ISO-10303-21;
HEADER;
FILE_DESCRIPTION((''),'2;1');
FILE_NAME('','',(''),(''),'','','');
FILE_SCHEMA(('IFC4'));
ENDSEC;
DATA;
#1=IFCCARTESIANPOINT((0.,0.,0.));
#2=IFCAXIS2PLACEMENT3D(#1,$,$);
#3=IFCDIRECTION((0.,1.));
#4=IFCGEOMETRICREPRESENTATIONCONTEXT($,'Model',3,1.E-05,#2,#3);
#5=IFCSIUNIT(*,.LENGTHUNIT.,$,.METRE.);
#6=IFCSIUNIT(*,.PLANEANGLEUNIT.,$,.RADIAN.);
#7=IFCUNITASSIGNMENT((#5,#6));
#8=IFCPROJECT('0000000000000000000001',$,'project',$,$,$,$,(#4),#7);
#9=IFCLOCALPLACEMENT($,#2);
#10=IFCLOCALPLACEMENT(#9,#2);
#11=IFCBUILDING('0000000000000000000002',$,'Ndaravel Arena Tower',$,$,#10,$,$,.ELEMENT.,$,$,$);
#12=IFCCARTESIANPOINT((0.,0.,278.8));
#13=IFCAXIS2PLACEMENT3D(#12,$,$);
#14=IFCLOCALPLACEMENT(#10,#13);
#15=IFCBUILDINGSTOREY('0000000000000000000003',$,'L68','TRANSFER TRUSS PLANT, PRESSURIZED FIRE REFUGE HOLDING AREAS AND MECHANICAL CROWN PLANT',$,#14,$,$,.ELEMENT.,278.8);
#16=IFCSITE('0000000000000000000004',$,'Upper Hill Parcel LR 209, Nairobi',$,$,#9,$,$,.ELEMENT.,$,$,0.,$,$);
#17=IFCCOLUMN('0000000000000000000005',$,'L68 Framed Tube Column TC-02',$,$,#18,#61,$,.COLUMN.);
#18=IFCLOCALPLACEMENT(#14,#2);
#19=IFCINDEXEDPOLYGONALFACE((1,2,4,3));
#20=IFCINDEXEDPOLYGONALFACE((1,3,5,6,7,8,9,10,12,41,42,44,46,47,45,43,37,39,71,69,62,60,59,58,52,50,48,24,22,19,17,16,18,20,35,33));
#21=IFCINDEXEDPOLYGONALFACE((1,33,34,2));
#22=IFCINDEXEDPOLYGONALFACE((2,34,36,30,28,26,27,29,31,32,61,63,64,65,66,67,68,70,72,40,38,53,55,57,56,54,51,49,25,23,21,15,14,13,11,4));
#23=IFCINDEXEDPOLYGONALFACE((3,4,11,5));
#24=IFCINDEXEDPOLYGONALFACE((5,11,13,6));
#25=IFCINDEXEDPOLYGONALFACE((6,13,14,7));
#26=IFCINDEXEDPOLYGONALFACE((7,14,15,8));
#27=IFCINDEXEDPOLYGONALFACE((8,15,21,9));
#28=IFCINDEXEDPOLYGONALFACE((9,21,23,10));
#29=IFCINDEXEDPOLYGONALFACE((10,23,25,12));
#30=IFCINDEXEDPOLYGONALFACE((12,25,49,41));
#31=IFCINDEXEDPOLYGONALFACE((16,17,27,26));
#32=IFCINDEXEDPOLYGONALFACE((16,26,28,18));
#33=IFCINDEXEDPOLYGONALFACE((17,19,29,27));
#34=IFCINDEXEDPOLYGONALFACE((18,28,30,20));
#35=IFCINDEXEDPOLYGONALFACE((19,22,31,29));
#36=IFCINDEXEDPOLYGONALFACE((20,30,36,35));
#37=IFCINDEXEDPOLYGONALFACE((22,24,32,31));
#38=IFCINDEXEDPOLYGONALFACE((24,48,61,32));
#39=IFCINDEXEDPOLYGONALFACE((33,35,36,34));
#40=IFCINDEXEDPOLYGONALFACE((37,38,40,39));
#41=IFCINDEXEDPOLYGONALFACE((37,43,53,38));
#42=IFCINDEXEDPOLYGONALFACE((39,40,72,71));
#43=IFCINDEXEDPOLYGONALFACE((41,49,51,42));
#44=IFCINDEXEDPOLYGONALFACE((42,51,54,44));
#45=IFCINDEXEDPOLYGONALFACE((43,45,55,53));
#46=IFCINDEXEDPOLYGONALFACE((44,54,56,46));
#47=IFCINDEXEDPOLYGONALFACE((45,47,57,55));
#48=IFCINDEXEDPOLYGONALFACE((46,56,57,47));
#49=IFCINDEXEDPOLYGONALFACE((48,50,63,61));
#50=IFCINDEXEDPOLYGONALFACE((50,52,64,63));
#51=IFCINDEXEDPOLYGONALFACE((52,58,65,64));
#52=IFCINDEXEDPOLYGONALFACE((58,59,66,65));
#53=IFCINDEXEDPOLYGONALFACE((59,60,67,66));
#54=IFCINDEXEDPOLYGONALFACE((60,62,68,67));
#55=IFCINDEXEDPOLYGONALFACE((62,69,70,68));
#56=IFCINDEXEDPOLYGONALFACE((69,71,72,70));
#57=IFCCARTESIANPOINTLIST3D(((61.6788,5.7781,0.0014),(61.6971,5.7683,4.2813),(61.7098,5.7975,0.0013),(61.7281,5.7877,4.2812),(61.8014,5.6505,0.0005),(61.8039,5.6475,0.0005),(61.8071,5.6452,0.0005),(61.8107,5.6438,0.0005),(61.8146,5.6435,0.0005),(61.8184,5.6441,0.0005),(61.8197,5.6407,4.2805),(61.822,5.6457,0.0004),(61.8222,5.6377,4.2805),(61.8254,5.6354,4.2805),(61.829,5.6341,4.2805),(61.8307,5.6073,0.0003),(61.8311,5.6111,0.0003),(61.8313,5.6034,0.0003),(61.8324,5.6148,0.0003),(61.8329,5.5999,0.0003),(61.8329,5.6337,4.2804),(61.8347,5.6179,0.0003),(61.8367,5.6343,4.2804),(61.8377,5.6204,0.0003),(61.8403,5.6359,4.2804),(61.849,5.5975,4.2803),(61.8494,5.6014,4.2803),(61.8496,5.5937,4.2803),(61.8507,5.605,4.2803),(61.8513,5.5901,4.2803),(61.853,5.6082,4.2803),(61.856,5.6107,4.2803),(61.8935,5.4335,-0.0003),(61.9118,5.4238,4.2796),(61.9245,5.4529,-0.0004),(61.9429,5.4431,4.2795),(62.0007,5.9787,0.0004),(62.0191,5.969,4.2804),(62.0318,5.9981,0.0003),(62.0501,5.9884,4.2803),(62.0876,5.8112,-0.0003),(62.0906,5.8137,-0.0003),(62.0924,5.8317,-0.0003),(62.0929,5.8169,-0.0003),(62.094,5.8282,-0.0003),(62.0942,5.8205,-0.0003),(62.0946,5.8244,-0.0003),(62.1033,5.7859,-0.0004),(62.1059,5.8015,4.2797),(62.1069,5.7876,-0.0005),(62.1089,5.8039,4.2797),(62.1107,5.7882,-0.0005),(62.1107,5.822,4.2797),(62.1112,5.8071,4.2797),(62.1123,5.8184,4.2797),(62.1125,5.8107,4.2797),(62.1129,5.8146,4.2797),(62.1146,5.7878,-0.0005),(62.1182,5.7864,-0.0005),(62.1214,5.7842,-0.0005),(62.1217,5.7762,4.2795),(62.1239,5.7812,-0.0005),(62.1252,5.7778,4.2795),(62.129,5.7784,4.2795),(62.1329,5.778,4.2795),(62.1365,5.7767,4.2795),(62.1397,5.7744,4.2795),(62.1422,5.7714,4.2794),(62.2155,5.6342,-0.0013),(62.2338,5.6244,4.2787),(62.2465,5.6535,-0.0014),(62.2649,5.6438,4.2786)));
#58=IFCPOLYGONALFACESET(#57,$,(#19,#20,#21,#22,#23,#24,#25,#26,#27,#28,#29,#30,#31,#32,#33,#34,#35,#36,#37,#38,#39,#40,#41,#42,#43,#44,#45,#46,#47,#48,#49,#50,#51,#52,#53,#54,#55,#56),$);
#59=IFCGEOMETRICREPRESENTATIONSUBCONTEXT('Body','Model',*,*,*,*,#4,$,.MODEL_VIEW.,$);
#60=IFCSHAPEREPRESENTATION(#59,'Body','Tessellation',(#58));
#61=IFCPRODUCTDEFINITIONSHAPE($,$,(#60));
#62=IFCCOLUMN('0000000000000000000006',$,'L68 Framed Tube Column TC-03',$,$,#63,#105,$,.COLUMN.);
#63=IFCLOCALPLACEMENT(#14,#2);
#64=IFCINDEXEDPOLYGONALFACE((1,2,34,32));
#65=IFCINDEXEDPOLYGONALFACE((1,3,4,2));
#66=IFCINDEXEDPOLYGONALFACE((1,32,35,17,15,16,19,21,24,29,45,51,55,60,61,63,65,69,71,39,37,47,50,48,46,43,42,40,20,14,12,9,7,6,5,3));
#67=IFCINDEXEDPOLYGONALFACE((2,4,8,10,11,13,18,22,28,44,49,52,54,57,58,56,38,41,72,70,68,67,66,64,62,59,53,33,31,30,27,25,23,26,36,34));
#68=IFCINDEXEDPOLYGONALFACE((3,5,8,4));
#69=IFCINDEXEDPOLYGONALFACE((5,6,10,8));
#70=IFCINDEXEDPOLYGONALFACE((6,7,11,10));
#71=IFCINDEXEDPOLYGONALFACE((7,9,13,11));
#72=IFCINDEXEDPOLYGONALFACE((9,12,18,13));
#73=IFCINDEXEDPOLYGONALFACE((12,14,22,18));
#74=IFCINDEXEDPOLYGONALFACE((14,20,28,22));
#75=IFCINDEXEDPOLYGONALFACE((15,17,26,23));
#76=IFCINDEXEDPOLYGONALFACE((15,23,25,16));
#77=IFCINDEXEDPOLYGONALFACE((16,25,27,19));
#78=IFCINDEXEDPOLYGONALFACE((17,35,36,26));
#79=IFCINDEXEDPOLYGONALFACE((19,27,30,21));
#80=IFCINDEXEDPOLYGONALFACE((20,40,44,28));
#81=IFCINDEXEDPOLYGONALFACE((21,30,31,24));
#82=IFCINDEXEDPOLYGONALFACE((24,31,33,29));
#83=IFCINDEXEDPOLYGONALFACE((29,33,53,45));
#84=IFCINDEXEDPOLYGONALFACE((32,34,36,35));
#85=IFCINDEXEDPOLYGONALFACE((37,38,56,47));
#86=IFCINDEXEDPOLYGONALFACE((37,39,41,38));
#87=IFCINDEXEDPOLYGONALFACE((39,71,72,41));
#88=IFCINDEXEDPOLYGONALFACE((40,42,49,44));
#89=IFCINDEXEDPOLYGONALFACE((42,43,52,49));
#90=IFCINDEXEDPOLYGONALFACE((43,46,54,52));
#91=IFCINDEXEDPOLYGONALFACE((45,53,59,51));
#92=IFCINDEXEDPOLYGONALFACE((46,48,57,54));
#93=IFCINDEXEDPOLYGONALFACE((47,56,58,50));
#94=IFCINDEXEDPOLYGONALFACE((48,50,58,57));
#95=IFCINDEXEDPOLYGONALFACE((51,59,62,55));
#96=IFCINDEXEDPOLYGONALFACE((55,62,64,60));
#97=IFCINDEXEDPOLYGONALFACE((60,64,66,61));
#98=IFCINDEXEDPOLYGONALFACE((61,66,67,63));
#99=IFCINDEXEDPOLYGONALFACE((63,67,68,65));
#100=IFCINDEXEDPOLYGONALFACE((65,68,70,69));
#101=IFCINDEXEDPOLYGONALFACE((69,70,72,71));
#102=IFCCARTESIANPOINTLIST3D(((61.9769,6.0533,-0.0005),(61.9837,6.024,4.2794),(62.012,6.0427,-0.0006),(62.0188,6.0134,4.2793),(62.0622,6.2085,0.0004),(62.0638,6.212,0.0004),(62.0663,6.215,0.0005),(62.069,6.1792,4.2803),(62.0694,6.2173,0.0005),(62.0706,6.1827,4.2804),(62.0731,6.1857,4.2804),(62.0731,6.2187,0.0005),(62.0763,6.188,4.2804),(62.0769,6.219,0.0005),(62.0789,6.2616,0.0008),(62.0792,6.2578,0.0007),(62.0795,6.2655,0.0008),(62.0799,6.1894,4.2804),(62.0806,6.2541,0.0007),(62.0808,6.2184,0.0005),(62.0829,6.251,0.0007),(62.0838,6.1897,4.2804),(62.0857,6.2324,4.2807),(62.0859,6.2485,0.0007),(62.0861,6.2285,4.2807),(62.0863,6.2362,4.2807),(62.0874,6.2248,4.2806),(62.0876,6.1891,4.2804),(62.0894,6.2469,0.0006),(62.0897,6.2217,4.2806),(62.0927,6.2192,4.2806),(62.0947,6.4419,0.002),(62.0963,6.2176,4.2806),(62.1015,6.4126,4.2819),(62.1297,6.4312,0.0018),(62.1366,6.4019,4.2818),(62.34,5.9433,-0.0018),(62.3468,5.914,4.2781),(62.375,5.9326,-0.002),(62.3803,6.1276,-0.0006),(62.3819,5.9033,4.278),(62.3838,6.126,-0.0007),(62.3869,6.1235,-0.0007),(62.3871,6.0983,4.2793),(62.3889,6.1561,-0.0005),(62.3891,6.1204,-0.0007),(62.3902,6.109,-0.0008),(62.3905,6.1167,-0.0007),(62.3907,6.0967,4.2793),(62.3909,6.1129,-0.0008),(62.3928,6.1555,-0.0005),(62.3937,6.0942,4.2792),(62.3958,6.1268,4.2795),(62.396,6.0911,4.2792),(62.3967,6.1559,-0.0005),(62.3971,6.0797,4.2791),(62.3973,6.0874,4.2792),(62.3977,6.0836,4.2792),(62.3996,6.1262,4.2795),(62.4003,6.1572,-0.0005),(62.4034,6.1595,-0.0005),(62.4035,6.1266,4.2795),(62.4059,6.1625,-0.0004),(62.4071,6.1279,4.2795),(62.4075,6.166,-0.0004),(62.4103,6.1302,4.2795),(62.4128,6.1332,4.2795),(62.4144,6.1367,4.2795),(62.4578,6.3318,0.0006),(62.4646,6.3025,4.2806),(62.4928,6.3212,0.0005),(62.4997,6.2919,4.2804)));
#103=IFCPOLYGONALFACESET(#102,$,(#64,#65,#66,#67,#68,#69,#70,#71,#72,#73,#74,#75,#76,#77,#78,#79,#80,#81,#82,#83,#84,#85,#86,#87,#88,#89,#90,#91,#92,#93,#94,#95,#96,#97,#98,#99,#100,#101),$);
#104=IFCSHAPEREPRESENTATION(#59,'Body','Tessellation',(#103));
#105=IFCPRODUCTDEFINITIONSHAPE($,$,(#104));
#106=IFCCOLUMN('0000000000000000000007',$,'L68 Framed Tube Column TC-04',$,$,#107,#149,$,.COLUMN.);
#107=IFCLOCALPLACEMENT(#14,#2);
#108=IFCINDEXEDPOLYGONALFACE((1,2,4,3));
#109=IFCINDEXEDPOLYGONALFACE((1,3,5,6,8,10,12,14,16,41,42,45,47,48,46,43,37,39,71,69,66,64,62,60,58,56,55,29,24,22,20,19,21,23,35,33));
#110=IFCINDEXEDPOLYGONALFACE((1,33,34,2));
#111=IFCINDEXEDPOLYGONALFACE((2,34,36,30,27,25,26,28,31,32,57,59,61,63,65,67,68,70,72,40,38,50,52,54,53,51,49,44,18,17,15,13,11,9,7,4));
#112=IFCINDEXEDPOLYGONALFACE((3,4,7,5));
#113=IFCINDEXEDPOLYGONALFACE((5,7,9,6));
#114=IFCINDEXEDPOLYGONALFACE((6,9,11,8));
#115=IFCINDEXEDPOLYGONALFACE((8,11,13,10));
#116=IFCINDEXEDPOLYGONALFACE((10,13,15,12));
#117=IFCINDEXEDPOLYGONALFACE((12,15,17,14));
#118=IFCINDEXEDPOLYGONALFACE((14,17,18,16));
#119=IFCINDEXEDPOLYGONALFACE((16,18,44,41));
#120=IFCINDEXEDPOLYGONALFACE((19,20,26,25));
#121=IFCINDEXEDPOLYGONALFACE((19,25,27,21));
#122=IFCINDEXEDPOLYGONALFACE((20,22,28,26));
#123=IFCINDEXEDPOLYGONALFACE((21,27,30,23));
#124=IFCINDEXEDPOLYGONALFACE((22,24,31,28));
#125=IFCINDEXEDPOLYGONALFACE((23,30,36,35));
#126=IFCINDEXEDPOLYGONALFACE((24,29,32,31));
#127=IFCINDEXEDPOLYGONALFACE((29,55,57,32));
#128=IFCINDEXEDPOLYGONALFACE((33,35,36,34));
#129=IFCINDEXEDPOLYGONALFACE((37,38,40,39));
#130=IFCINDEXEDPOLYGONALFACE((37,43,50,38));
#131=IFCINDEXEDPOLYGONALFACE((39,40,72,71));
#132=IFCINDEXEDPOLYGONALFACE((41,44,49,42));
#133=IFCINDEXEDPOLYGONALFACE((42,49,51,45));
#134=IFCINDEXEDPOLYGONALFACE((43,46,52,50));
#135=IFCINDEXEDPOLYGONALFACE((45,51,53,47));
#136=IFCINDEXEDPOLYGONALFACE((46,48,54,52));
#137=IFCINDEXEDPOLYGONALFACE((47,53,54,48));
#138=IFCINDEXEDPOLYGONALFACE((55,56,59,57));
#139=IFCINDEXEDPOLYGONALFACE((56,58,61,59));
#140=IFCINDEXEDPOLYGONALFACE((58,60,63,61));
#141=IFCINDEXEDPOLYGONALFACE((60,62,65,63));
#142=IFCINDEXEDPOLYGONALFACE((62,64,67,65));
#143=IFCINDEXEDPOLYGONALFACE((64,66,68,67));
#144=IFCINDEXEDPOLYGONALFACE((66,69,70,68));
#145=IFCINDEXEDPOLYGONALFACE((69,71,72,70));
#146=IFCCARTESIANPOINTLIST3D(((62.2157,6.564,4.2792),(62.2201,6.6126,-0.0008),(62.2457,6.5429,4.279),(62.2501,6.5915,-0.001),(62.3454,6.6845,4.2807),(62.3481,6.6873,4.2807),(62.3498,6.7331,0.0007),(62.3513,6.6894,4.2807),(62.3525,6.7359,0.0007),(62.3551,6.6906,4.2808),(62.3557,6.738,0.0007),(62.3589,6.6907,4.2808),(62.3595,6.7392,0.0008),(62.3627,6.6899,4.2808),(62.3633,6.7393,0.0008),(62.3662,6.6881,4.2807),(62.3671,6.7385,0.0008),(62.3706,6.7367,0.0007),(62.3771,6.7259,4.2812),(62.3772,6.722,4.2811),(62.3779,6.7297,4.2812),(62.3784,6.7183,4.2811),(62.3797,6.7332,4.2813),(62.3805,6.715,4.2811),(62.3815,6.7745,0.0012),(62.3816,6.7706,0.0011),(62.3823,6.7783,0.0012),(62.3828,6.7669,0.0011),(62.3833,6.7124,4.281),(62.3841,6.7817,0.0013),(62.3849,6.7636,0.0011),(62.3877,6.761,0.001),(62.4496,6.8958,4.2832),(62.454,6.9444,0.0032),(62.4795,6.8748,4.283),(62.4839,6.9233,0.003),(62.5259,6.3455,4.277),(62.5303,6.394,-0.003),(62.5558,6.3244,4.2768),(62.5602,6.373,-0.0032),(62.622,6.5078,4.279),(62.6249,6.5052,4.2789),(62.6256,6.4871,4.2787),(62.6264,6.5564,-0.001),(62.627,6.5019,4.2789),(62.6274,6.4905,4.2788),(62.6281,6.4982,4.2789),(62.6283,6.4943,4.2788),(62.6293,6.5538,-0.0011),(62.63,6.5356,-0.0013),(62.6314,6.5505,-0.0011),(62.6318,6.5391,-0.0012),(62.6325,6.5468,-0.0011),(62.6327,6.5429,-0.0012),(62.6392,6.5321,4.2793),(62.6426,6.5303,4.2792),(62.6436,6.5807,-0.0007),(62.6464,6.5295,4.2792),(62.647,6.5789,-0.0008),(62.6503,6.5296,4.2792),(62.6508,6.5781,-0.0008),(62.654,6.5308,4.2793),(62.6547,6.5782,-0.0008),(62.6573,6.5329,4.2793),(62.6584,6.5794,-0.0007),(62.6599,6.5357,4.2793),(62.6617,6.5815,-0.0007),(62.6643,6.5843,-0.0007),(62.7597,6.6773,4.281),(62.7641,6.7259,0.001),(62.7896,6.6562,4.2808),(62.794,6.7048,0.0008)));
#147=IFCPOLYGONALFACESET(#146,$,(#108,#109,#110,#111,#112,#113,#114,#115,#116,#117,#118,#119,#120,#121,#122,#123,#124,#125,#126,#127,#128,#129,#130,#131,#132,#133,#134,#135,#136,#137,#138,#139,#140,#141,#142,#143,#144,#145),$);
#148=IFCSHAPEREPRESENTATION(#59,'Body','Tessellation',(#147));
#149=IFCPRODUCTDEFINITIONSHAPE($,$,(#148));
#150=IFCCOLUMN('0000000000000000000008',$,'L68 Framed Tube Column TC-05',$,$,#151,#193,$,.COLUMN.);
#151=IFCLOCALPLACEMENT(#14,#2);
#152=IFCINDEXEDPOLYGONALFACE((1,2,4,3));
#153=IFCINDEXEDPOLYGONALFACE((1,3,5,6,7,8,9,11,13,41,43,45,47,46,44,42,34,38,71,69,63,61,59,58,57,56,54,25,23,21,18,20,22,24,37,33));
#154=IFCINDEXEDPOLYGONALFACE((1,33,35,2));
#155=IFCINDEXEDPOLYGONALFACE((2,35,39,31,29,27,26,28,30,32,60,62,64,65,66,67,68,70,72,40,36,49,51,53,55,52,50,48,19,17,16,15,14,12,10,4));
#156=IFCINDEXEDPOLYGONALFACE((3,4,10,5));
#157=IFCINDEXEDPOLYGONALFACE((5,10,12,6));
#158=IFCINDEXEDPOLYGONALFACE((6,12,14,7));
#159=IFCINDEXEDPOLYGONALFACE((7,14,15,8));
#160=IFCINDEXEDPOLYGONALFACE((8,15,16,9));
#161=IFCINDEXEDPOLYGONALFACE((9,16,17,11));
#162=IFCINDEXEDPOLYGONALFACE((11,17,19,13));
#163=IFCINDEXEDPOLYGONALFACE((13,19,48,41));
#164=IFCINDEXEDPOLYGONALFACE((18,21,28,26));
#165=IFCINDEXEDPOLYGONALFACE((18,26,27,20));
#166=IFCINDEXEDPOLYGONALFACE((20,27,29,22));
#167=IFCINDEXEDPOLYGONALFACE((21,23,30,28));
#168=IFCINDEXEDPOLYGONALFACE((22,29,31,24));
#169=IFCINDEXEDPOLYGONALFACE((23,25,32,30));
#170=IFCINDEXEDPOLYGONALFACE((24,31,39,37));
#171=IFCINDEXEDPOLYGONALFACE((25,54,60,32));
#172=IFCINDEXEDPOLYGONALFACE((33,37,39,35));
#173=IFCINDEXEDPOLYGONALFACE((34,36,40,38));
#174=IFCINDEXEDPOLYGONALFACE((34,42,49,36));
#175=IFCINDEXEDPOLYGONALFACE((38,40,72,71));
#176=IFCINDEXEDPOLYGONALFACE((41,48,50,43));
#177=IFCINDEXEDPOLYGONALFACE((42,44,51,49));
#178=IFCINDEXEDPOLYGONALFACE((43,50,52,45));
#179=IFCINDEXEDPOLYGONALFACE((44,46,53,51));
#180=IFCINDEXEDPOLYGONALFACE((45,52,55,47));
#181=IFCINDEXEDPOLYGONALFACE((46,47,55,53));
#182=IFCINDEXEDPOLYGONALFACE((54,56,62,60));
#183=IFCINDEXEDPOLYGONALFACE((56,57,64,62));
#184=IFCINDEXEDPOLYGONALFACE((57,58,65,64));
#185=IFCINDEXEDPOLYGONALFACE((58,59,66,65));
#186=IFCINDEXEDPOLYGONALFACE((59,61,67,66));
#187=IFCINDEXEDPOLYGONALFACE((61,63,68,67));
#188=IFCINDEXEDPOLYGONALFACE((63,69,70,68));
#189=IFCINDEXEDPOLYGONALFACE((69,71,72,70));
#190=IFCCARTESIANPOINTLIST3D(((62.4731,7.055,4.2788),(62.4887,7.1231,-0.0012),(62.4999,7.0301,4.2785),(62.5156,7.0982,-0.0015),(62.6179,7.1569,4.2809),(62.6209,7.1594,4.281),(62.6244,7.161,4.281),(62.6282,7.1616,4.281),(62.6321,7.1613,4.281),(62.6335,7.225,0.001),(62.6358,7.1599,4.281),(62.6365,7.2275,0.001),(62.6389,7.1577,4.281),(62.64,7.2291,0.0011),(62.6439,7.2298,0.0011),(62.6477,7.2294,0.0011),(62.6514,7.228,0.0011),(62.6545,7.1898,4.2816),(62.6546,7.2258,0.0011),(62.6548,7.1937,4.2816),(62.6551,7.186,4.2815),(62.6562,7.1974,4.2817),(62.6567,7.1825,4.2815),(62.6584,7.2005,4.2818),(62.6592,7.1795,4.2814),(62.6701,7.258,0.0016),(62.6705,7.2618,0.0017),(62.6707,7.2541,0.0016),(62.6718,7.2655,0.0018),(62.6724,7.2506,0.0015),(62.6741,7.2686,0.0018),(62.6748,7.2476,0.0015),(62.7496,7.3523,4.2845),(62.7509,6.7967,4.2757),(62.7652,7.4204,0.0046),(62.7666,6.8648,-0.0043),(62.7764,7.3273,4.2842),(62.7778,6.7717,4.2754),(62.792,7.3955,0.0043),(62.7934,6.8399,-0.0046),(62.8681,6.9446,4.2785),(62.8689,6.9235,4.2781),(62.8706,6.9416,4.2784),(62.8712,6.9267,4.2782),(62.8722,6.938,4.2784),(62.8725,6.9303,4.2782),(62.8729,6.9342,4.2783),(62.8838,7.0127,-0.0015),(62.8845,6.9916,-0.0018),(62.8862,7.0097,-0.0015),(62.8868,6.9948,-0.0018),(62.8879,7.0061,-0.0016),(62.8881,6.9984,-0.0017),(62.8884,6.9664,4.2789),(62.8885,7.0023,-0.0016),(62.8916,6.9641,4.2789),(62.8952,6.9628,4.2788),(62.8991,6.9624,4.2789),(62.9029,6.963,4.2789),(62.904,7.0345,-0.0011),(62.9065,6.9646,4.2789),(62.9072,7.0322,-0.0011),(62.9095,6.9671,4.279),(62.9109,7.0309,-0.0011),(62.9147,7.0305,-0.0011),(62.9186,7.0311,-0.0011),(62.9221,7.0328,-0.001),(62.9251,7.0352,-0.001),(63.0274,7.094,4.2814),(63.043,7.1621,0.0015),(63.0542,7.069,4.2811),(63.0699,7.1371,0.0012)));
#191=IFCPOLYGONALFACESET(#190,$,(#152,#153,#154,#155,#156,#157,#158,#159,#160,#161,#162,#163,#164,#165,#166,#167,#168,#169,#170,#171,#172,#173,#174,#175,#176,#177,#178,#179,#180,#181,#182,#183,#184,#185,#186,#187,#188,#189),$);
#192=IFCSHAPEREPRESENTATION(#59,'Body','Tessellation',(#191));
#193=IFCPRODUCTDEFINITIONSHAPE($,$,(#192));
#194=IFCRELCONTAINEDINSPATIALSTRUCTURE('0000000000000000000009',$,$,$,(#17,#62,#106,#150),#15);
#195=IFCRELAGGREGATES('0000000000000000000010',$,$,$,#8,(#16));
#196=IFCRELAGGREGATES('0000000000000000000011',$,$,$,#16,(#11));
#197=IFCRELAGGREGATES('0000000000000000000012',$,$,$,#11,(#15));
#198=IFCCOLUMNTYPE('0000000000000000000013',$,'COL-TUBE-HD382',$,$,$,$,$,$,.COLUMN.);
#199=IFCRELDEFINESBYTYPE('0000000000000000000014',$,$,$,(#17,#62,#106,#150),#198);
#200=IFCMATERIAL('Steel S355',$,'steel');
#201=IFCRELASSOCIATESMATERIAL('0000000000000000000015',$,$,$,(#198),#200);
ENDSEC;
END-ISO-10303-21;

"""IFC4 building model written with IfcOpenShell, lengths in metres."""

from ifc_helpers import new_model, si_unit, direction, frame, origin, origin_2d, place, context, subcontext, project, spatial, i_section, extrude, material, material_profile, profile_set, type_object, element, save


model = new_model("IFC4")

# Units and contexts
model_context = context("Model", 3, precision=1e-05, world=origin(), true_north=direction((0.0, 1.0)))
body_context = subcontext(model_context, "Body", "Model", "MODEL_VIEW")
ifc_project = project(units=[si_unit("LENGTHUNIT", "METRE"), si_unit("PLANEANGLEUNIT", "RADIAN")], contexts=[model_context])

# Site, building, storey
site_placement = place(None, origin())
site = spatial("IfcSite", under=ifc_project, at=site_placement, Name="Upper Hill Parcel LR 209, Nairobi", CompositionType="ELEMENT", RefElevation=0.0)
building_placement = place(site_placement, origin())
building = spatial("IfcBuilding", under=site, at=building_placement, Name="Ndaravel Arena Tower", CompositionType="ELEMENT")
storey_placement = place(building_placement, frame((0.0, 0.0, 278.8)))
storey = spatial("IfcBuildingStorey", under=building, at=storey_placement, Name="L68", Description="TRANSFER TRUSS PLANT, PRESSURIZED FIRE REFUGE HOLDING AREAS AND MECHANICAL CROWN PLANT", CompositionType="ELEMENT", Elevation=278.8)

# Columns
ifc_material_1 = material(Name="Steel S355", Category="steel")
ifc_material_profile_1 = material_profile(ifc_material_1, i_section(OverallWidth=0.406, OverallDepth=0.416, WebThickness=0.0298, FlangeThickness=0.0366, FilletRadius=0.0149, at=origin_2d()), Name="HD 400x382")
ifc_profile_set_1 = profile_set([ifc_material_profile_1], Name="Steel S355")
column_type = type_object("IfcColumnType", Name="COL-TUBE-HD382", PredefinedType="COLUMN", material=ifc_profile_set_1)
for number, where, z_axis, x_axis, name in (
    (1, (61.9626, 5.7158, 0.0), (0.004278, -0.002282, 0.999988), (-0.528837, 0.848713, 0.004199), "L68 Framed Tube Column TC-02"),
    (2, (62.2349, 6.1873, 0.0), (0.001597, -0.006845, 0.999975), (0.290139, 0.956965, 0.006087), "L68 Framed Tube Column TC-03"),
):
    element("IfcColumn", number, at=place(storey_placement, frame(where, z_axis=z_axis, x_axis=x_axis)), inside=storey, type_object=column_type, Name=name, PredefinedType="COLUMN", context=body_context, shape_type="SweptSolid", body=[
        extrude(i_section(OverallWidth=0.406, OverallDepth=0.416, WebThickness=0.0298, FlangeThickness=0.0366, FilletRadius=0.0149, at=origin_2d()), origin(), (0.0, 0.0, 1.0), 4.28),
    ])
column_1_placement = place(storey_placement, frame((62.5071, 6.6587, 0.0), z_axis=(-0.001027, -0.011351, 0.999935), x_axis=(0.575977, 0.817406, 0.00987)))
element("IfcColumn", 3, at=column_1_placement, inside=storey, type_object=column_type, Name="L68 Framed Tube Column TC-04", PredefinedType="COLUMN", context=body_context, shape_type="SweptSolid", body=[
    extrude(i_section(OverallWidth=0.406, OverallDepth=0.416, WebThickness=0.0298, FlangeThickness=0.0366, FilletRadius=0.0149, at=origin_2d()), origin(), (0.0, 0.0, 1.0), 4.2803),
])
column_2_placement = place(storey_placement, frame((62.7793, 7.1301, 0.0), z_axis=(-0.00365, -0.015913, 0.999867), x_axis=(0.680946, 0.732197, 0.014139)))
element("IfcColumn", 4, at=column_2_placement, inside=storey, type_object=column_type, Name="L68 Framed Tube Column TC-05", PredefinedType="COLUMN", context=body_context, shape_type="SweptSolid", body=[
    extrude(i_section(OverallWidth=0.406, OverallDepth=0.416, WebThickness=0.0298, FlangeThickness=0.0366, FilletRadius=0.0149, at=origin_2d()), origin(), (0.0, 0.0, 1.0), 4.2805),
])

save(model, "model.ifc")
